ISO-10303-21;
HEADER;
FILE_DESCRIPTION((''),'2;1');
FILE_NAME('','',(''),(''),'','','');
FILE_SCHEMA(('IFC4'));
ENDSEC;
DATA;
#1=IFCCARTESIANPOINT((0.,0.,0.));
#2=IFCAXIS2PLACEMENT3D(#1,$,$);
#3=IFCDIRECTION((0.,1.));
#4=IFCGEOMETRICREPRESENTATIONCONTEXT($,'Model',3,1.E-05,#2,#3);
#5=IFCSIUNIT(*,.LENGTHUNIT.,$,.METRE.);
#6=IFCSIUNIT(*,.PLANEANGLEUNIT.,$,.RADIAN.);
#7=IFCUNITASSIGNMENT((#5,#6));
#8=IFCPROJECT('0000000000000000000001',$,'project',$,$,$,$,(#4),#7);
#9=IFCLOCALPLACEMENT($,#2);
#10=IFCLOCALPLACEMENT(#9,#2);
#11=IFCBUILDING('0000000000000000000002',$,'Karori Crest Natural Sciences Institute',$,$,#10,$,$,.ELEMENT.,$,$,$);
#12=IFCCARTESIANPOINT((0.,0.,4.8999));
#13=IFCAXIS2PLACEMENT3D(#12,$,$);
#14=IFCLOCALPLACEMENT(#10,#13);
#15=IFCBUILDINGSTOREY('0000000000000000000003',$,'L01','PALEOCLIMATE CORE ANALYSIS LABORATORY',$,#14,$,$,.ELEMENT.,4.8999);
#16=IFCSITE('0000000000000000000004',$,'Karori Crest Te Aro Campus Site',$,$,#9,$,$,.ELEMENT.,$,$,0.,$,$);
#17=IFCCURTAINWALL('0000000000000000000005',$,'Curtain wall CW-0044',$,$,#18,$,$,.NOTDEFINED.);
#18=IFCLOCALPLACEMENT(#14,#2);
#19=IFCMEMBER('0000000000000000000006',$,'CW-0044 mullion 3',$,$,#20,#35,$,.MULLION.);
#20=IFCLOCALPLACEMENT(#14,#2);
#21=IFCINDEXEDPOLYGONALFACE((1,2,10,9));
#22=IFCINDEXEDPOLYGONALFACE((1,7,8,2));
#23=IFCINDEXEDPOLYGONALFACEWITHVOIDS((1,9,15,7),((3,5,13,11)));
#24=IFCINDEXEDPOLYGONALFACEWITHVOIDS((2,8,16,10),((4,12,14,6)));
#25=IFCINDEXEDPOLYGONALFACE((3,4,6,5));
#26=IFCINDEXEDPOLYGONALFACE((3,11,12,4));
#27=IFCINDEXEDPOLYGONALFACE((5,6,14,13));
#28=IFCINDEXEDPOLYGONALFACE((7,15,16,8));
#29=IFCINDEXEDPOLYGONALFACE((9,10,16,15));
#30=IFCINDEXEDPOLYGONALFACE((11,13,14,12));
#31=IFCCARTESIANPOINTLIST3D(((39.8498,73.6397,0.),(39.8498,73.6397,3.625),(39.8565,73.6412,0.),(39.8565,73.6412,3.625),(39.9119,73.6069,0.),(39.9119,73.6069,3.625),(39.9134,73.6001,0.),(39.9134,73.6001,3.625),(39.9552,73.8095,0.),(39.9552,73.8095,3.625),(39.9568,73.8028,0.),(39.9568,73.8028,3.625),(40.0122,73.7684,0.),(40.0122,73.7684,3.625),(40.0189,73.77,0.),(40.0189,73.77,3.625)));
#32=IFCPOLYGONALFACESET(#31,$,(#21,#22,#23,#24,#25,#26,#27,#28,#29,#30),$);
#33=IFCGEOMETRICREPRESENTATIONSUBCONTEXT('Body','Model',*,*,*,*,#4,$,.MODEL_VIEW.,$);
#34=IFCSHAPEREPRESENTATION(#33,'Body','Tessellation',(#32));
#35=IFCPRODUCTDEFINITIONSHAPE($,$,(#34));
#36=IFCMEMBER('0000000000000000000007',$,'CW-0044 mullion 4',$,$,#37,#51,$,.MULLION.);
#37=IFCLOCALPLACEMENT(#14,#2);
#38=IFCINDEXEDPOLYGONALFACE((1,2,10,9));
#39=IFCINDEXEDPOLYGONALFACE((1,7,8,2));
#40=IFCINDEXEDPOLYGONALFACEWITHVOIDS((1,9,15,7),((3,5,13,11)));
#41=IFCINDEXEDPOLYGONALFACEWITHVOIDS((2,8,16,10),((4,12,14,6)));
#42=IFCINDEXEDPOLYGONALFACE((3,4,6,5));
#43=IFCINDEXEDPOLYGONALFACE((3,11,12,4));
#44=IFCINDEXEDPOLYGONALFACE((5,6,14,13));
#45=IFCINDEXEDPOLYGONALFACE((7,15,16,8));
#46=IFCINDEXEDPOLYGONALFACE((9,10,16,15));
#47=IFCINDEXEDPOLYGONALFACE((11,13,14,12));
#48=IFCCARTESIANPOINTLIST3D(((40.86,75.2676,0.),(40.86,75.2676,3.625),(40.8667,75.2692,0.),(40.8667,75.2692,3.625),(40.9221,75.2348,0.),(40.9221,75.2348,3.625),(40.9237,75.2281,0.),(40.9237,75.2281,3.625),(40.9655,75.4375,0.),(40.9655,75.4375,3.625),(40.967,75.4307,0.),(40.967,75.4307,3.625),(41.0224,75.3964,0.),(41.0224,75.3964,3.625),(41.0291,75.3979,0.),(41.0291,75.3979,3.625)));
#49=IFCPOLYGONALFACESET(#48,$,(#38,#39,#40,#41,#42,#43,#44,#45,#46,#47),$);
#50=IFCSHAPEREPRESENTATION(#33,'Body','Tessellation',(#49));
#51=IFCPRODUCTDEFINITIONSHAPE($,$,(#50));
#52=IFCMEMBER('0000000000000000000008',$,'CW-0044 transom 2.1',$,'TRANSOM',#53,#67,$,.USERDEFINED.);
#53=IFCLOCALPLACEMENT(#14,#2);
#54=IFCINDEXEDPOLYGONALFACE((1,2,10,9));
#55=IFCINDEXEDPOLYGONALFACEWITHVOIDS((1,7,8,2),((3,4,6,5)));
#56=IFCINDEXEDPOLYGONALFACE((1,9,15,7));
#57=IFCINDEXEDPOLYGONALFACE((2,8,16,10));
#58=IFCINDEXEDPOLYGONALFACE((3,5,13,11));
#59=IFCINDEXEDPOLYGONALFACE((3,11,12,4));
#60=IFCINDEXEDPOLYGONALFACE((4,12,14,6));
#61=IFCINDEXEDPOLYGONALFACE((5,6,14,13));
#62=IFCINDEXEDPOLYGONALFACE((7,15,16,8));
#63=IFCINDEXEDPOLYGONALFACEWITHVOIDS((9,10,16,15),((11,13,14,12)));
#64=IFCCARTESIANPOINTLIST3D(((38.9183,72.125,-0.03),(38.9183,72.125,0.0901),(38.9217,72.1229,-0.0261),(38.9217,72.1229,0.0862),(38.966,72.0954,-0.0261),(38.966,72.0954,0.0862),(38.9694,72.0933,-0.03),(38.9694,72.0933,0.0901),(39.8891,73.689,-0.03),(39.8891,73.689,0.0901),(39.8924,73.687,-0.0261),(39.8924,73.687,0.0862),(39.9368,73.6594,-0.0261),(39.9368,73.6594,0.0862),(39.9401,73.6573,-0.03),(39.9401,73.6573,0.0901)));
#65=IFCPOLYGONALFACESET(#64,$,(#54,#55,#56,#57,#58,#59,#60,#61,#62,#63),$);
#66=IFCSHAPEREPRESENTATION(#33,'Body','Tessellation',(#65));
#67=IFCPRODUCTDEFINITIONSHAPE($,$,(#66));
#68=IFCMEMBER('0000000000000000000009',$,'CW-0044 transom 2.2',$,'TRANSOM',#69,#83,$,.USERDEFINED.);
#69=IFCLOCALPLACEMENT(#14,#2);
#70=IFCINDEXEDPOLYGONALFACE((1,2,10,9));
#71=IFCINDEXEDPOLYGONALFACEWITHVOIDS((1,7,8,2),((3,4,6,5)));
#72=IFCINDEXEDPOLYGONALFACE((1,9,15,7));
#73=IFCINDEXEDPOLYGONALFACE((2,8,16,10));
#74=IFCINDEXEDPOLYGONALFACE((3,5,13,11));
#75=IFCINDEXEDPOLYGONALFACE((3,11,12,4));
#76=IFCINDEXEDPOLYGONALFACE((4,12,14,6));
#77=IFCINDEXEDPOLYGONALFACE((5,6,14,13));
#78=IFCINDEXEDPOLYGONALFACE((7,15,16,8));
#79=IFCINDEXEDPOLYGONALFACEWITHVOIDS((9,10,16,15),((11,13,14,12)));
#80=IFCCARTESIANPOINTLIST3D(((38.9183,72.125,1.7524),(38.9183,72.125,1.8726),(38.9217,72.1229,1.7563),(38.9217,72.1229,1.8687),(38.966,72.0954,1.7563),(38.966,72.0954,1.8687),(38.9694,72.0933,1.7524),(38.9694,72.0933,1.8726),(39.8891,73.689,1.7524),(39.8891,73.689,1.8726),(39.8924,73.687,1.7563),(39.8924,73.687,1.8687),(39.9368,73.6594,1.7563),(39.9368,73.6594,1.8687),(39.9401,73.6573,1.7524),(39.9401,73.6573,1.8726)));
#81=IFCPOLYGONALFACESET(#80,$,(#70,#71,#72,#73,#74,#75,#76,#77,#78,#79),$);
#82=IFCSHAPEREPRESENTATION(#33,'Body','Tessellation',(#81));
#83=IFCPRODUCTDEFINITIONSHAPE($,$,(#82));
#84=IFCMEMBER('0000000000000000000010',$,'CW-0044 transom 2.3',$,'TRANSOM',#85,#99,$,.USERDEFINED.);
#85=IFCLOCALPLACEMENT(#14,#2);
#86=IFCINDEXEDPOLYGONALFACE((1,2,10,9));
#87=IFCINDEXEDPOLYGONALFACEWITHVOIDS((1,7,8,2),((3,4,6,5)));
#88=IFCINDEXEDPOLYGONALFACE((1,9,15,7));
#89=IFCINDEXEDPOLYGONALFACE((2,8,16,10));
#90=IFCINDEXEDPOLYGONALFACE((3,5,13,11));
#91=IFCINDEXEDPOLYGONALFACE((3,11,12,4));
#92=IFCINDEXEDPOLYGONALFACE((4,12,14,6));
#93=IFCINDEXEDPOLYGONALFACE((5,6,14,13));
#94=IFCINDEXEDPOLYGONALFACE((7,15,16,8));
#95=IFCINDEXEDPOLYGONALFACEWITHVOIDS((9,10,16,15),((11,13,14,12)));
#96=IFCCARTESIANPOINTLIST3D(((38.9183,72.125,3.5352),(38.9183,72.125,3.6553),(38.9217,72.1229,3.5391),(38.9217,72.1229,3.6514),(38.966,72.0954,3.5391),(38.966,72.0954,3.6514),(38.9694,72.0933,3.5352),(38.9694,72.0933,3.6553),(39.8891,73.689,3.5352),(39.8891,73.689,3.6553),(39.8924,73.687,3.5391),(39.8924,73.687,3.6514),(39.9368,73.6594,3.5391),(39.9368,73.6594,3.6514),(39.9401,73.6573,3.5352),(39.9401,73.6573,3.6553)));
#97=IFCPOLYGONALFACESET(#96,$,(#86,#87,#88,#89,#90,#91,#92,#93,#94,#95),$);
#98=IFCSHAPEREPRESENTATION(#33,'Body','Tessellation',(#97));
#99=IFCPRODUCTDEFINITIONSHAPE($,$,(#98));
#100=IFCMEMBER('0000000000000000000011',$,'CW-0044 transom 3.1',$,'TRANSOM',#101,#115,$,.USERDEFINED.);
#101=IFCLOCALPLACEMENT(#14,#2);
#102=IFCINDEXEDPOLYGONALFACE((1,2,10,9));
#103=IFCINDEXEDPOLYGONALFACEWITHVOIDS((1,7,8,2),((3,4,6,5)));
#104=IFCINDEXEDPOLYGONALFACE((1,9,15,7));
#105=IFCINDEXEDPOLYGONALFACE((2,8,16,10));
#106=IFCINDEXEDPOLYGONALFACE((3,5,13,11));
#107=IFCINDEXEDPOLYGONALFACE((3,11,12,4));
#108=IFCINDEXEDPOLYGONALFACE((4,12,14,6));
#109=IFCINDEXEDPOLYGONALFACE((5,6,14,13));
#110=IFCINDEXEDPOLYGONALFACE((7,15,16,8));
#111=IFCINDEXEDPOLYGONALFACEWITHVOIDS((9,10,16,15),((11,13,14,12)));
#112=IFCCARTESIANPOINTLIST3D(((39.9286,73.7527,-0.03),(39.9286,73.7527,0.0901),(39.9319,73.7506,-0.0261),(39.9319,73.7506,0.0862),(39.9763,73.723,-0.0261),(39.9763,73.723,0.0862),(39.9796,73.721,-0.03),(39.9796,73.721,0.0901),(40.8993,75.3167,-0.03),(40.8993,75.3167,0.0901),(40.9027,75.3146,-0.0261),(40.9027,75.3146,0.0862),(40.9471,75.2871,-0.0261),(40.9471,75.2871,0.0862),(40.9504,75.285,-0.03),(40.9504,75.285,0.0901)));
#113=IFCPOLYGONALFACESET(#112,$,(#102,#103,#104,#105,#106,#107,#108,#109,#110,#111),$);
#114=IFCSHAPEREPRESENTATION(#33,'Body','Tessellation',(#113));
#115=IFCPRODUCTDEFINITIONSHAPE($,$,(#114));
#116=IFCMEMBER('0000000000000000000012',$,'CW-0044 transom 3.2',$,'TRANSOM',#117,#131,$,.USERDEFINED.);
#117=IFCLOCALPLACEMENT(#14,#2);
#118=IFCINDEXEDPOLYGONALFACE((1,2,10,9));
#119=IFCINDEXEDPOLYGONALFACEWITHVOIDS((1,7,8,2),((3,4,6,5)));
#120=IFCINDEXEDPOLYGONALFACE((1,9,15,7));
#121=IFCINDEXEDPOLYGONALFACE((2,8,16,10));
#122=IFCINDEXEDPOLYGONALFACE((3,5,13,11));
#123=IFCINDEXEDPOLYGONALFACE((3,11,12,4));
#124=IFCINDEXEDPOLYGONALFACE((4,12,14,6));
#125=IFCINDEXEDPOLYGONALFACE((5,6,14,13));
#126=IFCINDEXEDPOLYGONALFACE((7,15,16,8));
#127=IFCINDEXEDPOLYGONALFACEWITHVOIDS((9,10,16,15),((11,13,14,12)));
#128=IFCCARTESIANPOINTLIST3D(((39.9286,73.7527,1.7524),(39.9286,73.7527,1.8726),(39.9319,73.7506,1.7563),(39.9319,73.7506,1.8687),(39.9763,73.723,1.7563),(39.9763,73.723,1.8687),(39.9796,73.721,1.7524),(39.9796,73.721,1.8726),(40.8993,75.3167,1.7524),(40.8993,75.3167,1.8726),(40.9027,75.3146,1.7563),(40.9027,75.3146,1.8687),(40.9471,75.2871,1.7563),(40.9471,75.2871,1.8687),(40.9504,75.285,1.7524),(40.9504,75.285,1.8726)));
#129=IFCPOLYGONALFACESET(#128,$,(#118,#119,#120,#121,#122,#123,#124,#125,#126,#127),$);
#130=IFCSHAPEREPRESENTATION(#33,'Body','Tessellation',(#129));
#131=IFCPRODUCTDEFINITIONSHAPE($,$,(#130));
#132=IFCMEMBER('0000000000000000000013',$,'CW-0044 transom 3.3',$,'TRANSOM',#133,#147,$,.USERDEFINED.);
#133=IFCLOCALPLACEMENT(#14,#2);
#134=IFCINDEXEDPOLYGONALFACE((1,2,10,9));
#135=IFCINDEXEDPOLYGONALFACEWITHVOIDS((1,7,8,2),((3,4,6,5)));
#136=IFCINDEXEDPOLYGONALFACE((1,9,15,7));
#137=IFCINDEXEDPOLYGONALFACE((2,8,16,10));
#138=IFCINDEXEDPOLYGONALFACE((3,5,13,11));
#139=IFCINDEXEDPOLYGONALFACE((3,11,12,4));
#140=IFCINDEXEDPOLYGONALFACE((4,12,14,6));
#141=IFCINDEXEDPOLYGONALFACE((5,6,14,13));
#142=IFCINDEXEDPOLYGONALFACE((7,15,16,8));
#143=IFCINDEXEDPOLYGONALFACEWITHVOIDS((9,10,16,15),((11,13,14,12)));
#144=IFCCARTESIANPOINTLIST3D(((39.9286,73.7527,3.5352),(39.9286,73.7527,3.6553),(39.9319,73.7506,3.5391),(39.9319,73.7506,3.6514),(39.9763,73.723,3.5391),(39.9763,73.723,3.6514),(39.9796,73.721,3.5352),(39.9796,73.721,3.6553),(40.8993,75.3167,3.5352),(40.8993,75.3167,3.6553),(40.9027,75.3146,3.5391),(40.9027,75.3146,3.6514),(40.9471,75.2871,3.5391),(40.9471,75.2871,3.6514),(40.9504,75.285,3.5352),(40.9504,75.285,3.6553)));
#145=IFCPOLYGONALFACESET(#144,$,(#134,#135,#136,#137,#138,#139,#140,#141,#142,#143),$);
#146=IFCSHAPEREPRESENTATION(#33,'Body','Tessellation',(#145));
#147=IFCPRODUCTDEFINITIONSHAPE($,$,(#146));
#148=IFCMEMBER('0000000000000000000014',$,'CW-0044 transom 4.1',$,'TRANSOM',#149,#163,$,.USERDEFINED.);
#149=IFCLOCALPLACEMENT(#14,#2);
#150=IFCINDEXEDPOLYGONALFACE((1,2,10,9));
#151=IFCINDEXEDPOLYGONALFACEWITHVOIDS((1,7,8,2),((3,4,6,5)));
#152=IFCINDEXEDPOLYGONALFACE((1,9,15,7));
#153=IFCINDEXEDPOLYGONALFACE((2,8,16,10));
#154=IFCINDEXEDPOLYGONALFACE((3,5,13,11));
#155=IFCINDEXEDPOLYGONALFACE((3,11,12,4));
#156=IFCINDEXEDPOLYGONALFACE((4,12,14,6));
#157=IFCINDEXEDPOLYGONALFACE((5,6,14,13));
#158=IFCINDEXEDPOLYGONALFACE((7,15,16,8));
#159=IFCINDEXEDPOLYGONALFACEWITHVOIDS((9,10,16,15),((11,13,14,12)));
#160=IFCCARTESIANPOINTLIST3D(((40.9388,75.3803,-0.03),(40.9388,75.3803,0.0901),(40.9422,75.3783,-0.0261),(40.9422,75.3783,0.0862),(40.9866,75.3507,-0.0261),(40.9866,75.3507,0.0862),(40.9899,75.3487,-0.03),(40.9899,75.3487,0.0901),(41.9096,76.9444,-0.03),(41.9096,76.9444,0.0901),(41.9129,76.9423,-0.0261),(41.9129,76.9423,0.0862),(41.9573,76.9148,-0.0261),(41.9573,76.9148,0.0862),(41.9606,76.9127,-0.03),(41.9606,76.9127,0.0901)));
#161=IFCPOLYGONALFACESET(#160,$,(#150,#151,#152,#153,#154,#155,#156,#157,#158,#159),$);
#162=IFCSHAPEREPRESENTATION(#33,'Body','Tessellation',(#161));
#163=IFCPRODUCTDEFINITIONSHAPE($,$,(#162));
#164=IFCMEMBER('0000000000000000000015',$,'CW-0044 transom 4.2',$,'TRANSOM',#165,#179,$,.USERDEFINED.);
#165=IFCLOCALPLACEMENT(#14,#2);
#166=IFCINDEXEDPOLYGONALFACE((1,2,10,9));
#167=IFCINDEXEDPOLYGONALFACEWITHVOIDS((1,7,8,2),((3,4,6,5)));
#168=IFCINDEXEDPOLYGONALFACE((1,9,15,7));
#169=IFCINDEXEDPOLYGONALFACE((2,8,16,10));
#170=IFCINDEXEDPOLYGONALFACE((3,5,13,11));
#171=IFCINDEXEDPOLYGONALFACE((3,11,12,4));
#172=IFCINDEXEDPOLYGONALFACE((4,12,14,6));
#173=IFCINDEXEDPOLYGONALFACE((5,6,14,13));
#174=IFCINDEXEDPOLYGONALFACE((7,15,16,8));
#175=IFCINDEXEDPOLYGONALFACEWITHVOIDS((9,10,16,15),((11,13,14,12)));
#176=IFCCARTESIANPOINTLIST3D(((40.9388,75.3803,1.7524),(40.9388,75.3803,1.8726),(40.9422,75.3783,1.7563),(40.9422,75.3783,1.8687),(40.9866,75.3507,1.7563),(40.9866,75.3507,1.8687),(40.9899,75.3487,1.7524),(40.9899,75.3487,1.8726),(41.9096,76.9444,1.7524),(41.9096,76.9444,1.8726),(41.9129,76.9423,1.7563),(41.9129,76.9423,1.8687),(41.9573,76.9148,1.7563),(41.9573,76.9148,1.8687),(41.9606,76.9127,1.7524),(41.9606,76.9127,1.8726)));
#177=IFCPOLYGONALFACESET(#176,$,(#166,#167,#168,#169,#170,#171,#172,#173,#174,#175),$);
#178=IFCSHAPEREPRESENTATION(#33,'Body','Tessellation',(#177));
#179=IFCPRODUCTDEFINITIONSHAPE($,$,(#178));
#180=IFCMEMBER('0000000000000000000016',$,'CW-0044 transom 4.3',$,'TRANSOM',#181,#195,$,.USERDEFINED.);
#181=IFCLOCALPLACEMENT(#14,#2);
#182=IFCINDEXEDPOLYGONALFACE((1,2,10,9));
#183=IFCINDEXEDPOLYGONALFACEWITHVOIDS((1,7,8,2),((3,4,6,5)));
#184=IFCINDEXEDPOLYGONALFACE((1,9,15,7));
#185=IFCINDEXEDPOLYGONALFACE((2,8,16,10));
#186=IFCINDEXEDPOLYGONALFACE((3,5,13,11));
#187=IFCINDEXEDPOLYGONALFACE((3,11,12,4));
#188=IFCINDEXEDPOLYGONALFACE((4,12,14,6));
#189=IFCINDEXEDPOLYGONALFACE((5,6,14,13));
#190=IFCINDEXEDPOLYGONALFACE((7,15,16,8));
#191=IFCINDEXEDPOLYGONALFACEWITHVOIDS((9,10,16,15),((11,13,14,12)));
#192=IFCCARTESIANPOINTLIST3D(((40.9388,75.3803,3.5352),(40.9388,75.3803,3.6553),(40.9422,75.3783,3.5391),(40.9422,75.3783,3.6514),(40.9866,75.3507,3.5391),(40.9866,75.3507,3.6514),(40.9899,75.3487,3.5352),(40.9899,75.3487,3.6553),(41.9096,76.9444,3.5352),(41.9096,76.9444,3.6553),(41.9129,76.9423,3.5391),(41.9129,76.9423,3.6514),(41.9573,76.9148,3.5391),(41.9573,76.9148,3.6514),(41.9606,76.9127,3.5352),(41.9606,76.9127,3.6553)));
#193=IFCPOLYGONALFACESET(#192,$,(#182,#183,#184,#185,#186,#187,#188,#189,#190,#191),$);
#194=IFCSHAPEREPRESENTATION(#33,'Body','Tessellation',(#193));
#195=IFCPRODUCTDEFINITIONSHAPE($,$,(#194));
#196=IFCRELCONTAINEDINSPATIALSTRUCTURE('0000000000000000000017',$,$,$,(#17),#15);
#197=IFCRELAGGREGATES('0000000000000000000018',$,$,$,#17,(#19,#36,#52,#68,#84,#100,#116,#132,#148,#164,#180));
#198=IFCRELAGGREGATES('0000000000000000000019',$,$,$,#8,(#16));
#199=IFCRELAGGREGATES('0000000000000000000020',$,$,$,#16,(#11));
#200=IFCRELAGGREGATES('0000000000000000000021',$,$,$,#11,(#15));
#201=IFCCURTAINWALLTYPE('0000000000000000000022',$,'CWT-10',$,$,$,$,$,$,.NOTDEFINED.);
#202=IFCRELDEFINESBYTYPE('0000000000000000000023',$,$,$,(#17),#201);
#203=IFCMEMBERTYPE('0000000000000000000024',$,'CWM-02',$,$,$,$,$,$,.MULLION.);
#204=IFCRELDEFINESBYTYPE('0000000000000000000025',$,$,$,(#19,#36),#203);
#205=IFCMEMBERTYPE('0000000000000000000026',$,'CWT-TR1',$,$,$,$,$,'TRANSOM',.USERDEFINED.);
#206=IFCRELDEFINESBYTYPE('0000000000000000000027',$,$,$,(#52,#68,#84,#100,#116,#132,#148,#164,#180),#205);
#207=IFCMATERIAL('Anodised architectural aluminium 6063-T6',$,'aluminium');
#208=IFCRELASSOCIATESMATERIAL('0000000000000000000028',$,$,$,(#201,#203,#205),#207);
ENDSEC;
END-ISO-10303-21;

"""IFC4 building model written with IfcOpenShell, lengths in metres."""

from ifc_helpers import new_model, si_unit, direction, frame, origin, origin_2d, place, context, subcontext, project, spatial, hollow_rectangle, extrude, material, material_profile, profile_set, type_object, element, aggregate, save


model = new_model("IFC4")

# Units and contexts
model_context = context("Model", 3, precision=1e-05, world=origin(), true_north=direction((0.0, 1.0)))
body_context = subcontext(model_context, "Body", "Model", "MODEL_VIEW")
ifc_project = project(units=[si_unit("LENGTHUNIT", "METRE"), si_unit("PLANEANGLEUNIT", "RADIAN")], contexts=[model_context])

# Site, building, storey
site_placement = place(None, origin())
site = spatial("IfcSite", under=ifc_project, at=site_placement, Name="Karori Crest Te Aro Campus Site", CompositionType="ELEMENT", RefElevation=0.0)
building_placement = place(site_placement, origin())
building = spatial("IfcBuilding", under=site, at=building_placement, Name="Karori Crest Natural Sciences Institute", CompositionType="ELEMENT")
storey_placement = place(building_placement, frame((0.0, 0.0, 4.8999)))
storey = spatial("IfcBuildingStorey", under=building, at=storey_placement, Name="L01", Description="PALEOCLIMATE CORE ANALYSIS LABORATORY", CompositionType="ELEMENT", Elevation=4.8999)

# Curtain wall, members
ifc_material_1 = material(Name="Anodised architectural aluminium 6063-T6", Category="aluminium")
curtain_wall_type = type_object("IfcCurtainWallType", Name="CWT-10", PredefinedType="NOTDEFINED", material=ifc_material_1)
curtain_wall_placement = place(storey_placement, origin())
curtain_wall = element("IfcCurtainWall", 1, at=curtain_wall_placement, inside=storey, type_object=curtain_wall_type, Name="Curtain wall CW-0044", PredefinedType="NOTDEFINED")
ifc_material_profile_1 = material_profile(ifc_material_1, hollow_rectangle(XDim=0.075, YDim=0.2, WallThickness=0.0049, at=origin_2d()), Name="CWM200x75x5")
ifc_profile_set_1 = profile_set([ifc_material_profile_1], Name="Anodised architectural aluminium 6063-T6")
member_type_1 = type_object("IfcMemberType", Name="CWM-02", PredefinedType="MULLION", material=ifc_profile_set_1)
member_1_placement = place(storey_placement, frame((39.9343, 73.7048, 0.0), z_axis=(0.0, 0.0, 1.0), x_axis=(-0.849662, 0.527328, 0.0)))
member_1 = element("IfcMember", 2, at=member_1_placement, type_object=member_type_1, Name="CW-0044 mullion 3", PredefinedType="MULLION", context=body_context, shape_type="SweptSolid", body=[
    extrude(hollow_rectangle(XDim=0.075, YDim=0.2, WallThickness=0.0049, at=origin_2d()), origin(), (0.0, 0.0, 1.0), 3.625),
])
member_2_placement = place(storey_placement, frame((40.9446, 75.3328, 0.0), z_axis=(0.0, 0.0, 1.0), x_axis=(-0.849662, 0.527328, 0.0)))
member_2 = element("IfcMember", 3, at=member_2_placement, type_object=member_type_1, Name="CW-0044 mullion 4", PredefinedType="MULLION", context=body_context, shape_type="SweptSolid", body=[
    extrude(hollow_rectangle(XDim=0.075, YDim=0.2, WallThickness=0.0049, at=origin_2d()), origin(), (0.0, 0.0, 1.0), 3.625),
])
ifc_material_profile_2 = material_profile(ifc_material_1, hollow_rectangle(XDim=0.0601, YDim=0.1201, WallThickness=0.0039, at=origin_2d()), Name="CWT120x60x4")
ifc_profile_set_2 = profile_set([ifc_material_profile_2], Name="Anodised architectural aluminium 6063-T6")
member_type_2 = type_object("IfcMemberType", Name="CWT-TR1", ElementType="TRANSOM", PredefinedType="USERDEFINED", material=ifc_profile_set_2)
member_3_placement = place(storey_placement, frame((38.9438, 72.1091, 0.03), z_axis=(0.52735, 0.849648, 0.0), x_axis=(-0.849648, 0.52735, 0.0)))
member_3 = element("IfcMember", 4, at=member_3_placement, type_object=member_type_2, Name="CW-0044 transom 2.1", ObjectType="TRANSOM", PredefinedType="USERDEFINED", context=body_context, shape_type="SweptSolid", body=[
    extrude(hollow_rectangle(XDim=0.0601, YDim=0.1201, WallThickness=0.0039, at=origin_2d()), origin(), (0.0, 0.0, 1.0), 1.8408),
])
member_4_placement = place(storey_placement, frame((38.9438, 72.1091, 1.8125), z_axis=(0.52735, 0.849648, 0.0), x_axis=(-0.849648, 0.52735, 0.0)))
member_4 = element("IfcMember", 5, at=member_4_placement, type_object=member_type_2, Name="CW-0044 transom 2.2", ObjectType="TRANSOM", PredefinedType="USERDEFINED", context=body_context, shape_type="SweptSolid", body=[
    extrude(hollow_rectangle(XDim=0.0601, YDim=0.1201, WallThickness=0.0039, at=origin_2d()), origin(), (0.0, 0.0, 1.0), 1.8408),
])
member_5_placement = place(storey_placement, frame((38.9438, 72.1091, 3.5952), z_axis=(0.52735, 0.849648, 0.0), x_axis=(-0.849648, 0.52735, 0.0)))
member_5 = element("IfcMember", 6, at=member_5_placement, type_object=member_type_2, Name="CW-0044 transom 2.3", ObjectType="TRANSOM", PredefinedType="USERDEFINED", context=body_context, shape_type="SweptSolid", body=[
    extrude(hollow_rectangle(XDim=0.0601, YDim=0.1201, WallThickness=0.0039, at=origin_2d()), origin(), (0.0, 0.0, 1.0), 1.8408),
])
member_6_placement = place(storey_placement, frame((39.9541, 73.7368, 0.03), z_axis=(0.52735, 0.849648, 0.0), x_axis=(-0.849648, 0.52735, 0.0)))
member_6 = element("IfcMember", 7, at=member_6_placement, type_object=member_type_2, Name="CW-0044 transom 3.1", ObjectType="TRANSOM", PredefinedType="USERDEFINED", context=body_context, shape_type="SweptSolid", body=[
    extrude(hollow_rectangle(XDim=0.0601, YDim=0.1201, WallThickness=0.0039, at=origin_2d()), origin(), (0.0, 0.0, 1.0), 1.8408),
])
member_7_placement = place(storey_placement, frame((39.9541, 73.7368, 1.8125), z_axis=(0.52735, 0.849648, 0.0), x_axis=(-0.849648, 0.52735, 0.0)))
member_7 = element("IfcMember", 8, at=member_7_placement, type_object=member_type_2, Name="CW-0044 transom 3.2", ObjectType="TRANSOM", PredefinedType="USERDEFINED", context=body_context, shape_type="SweptSolid", body=[
    extrude(hollow_rectangle(XDim=0.0601, YDim=0.1201, WallThickness=0.0039, at=origin_2d()), origin(), (0.0, 0.0, 1.0), 1.8408),
])
member_8_placement = place(storey_placement, frame((39.9541, 73.7368, 3.5952), z_axis=(0.52735, 0.849648, 0.0), x_axis=(-0.849648, 0.52735, 0.0)))
member_8 = element("IfcMember", 9, at=member_8_placement, type_object=member_type_2, Name="CW-0044 transom 3.3", ObjectType="TRANSOM", PredefinedType="USERDEFINED", context=body_context, shape_type="SweptSolid", body=[
    extrude(hollow_rectangle(XDim=0.0601, YDim=0.1201, WallThickness=0.0039, at=origin_2d()), origin(), (0.0, 0.0, 1.0), 1.8408),
])
member_9_placement = place(storey_placement, frame((40.9644, 75.3645, 0.03), z_axis=(0.52735, 0.849648, 0.0), x_axis=(-0.849648, 0.52735, 0.0)))
member_9 = element("IfcMember", 10, at=member_9_placement, type_object=member_type_2, Name="CW-0044 transom 4.1", ObjectType="TRANSOM", PredefinedType="USERDEFINED", context=body_context, shape_type="SweptSolid", body=[
    extrude(hollow_rectangle(XDim=0.0601, YDim=0.1201, WallThickness=0.0039, at=origin_2d()), origin(), (0.0, 0.0, 1.0), 1.8408),
])
member_10_placement = place(storey_placement, frame((40.9644, 75.3645, 1.8125), z_axis=(0.52735, 0.849648, 0.0), x_axis=(-0.849648, 0.52735, 0.0)))
member_10 = element("IfcMember", 11, at=member_10_placement, type_object=member_type_2, Name="CW-0044 transom 4.2", ObjectType="TRANSOM", PredefinedType="USERDEFINED", context=body_context, shape_type="SweptSolid", body=[
    extrude(hollow_rectangle(XDim=0.0601, YDim=0.1201, WallThickness=0.0039, at=origin_2d()), origin(), (0.0, 0.0, 1.0), 1.8408),
])
member_11_placement = place(storey_placement, frame((40.9644, 75.3645, 3.5952), z_axis=(0.52735, 0.849648, 0.0), x_axis=(-0.849648, 0.52735, 0.0)))
member_11 = element("IfcMember", 12, at=member_11_placement, type_object=member_type_2, Name="CW-0044 transom 4.3", ObjectType="TRANSOM", PredefinedType="USERDEFINED", context=body_context, shape_type="SweptSolid", body=[
    extrude(hollow_rectangle(XDim=0.0601, YDim=0.1201, WallThickness=0.0039, at=origin_2d()), origin(), (0.0, 0.0, 1.0), 1.8408),
])
aggregate(curtain_wall, [member_1, member_2, member_3, member_4, member_5, member_6, member_7, member_8, member_9, member_10, member_11])

save(model, "model.ifc")
